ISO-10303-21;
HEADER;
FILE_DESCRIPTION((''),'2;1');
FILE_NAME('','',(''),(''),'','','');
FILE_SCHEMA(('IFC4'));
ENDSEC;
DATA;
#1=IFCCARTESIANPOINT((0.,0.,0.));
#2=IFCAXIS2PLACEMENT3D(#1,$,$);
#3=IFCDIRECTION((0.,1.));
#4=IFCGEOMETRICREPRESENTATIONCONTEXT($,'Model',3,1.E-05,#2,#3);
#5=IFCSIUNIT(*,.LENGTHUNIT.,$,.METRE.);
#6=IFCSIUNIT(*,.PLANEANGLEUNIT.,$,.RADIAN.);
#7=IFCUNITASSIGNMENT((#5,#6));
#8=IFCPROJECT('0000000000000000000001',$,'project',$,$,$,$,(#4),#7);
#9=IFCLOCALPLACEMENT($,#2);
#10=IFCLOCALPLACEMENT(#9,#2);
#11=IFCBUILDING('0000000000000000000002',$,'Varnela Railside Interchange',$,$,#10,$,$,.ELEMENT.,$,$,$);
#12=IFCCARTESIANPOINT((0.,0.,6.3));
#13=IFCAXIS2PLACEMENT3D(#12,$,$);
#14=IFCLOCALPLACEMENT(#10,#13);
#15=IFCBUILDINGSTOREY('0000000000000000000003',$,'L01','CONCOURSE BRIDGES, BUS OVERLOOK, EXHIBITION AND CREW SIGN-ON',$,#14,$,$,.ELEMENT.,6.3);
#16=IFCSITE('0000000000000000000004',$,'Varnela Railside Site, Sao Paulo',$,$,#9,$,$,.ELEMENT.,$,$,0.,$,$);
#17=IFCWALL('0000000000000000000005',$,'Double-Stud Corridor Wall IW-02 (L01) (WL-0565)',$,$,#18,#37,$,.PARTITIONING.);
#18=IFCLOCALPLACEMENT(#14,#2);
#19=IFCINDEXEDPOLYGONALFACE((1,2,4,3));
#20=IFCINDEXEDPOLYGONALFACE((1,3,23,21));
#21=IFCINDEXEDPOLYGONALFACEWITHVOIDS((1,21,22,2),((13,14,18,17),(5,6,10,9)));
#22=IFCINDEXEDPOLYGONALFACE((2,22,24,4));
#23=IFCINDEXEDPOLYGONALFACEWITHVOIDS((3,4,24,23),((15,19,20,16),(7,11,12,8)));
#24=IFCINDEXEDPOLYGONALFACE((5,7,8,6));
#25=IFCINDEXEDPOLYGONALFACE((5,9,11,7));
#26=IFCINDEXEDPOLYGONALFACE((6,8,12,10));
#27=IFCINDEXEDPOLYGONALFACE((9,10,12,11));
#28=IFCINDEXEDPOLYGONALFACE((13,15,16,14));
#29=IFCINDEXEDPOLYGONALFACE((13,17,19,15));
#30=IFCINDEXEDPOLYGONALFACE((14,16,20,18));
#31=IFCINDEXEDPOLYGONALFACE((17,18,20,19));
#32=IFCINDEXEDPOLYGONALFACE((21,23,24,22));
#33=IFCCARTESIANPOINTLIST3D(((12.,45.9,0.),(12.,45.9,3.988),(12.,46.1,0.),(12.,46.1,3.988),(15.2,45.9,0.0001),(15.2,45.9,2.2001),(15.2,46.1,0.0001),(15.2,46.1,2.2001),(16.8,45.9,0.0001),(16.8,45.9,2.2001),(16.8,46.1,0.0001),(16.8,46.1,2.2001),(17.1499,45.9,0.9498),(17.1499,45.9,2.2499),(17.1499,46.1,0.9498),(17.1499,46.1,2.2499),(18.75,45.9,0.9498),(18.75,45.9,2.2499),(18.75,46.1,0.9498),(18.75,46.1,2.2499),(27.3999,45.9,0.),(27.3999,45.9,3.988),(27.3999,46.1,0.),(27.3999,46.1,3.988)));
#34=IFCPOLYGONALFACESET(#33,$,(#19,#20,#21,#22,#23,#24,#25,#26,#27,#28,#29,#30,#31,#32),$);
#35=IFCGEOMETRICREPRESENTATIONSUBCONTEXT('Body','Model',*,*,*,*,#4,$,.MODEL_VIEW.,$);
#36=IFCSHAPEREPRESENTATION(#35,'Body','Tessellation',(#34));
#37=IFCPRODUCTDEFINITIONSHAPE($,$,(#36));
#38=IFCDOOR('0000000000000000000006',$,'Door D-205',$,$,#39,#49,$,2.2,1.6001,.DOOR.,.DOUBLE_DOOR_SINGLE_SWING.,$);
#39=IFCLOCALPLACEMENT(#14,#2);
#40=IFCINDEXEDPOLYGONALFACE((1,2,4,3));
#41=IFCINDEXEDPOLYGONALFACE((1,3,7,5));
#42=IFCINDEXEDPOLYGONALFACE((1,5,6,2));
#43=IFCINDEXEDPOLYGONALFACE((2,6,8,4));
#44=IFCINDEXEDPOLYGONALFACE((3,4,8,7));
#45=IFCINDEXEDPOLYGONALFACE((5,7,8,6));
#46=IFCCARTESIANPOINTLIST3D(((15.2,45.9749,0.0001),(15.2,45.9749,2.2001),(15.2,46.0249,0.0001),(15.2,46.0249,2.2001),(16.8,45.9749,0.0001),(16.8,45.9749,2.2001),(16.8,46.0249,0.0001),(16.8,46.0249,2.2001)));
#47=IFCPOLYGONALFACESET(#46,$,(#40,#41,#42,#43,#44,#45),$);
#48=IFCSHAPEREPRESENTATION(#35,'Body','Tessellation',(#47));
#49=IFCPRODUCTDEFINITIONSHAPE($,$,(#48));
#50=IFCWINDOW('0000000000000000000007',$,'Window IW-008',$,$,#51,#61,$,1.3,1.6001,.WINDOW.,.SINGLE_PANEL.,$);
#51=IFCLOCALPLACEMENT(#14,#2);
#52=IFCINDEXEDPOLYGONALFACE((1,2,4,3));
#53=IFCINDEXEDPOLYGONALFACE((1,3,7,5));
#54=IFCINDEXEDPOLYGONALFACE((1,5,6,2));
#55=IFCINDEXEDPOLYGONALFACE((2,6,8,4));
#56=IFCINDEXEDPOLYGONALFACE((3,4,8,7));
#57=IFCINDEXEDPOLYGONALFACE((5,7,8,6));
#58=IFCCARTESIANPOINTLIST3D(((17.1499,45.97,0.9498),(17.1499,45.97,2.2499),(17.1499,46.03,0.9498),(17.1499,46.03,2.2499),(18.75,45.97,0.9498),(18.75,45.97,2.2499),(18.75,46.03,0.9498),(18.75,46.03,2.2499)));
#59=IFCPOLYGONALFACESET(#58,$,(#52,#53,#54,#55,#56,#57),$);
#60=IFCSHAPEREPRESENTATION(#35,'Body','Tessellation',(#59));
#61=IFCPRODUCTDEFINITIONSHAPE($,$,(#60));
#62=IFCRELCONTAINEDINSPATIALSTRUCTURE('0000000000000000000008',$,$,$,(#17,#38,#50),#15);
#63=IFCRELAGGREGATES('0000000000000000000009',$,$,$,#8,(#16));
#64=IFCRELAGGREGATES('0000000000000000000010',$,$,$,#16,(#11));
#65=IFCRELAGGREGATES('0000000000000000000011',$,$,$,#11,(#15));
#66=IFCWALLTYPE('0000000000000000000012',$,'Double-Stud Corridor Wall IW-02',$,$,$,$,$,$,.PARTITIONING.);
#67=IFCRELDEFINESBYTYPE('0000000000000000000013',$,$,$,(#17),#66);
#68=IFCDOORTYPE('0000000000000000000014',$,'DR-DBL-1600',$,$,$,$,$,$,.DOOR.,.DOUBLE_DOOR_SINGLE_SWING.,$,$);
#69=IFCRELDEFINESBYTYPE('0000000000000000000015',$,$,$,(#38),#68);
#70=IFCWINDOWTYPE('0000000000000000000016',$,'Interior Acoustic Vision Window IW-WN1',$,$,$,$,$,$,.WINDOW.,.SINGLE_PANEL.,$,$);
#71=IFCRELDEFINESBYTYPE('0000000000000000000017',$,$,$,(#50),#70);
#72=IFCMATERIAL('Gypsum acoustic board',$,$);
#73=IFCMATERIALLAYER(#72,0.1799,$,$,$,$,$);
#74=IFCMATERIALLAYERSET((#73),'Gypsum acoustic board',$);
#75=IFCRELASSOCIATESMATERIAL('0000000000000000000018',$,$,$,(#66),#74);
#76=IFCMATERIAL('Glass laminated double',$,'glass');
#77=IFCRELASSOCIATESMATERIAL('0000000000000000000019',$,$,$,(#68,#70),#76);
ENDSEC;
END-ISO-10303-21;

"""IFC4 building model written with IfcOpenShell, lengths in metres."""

from ifc_helpers import new_model, si_unit, direction, frame, frame_2d, origin, place, context, subcontext, project, spatial, rectangle, extrude, material, layer, layer_set, type_object, element, fill, save


model = new_model("IFC4")

# Units and contexts
model_context = context("Model", 3, precision=1e-05, world=origin(), true_north=direction((0.0, 1.0)))
body_context = subcontext(model_context, "Body", "Model", "MODEL_VIEW")
ifc_project = project(units=[si_unit("LENGTHUNIT", "METRE"), si_unit("PLANEANGLEUNIT", "RADIAN")], contexts=[model_context])

# Site, building, storey
site_placement = place(None, origin())
site = spatial("IfcSite", under=ifc_project, at=site_placement, Name="Varnela Railside Site, Sao Paulo", CompositionType="ELEMENT", RefElevation=0.0)
building_placement = place(site_placement, origin())
building = spatial("IfcBuilding", under=site, at=building_placement, Name="Varnela Railside Interchange", CompositionType="ELEMENT")
storey_placement = place(building_placement, frame((0.0, 0.0, 6.3)))
storey = spatial("IfcBuildingStorey", under=building, at=storey_placement, Name="L01", Description="CONCOURSE BRIDGES, BUS OVERLOOK, EXHIBITION AND CREW SIGN-ON", CompositionType="ELEMENT", Elevation=6.3)

# Shared definitions
ifc_material_1 = material(Name="Glass laminated double", Category="glass")

# Wall, openings, door, window
ifc_material_2 = material(Name="Gypsum acoustic board")
ifc_layer_1 = layer(ifc_material_2, 0.1799)
ifc_layer_set_1 = layer_set([ifc_layer_1], Name="Gypsum acoustic board")
wall_type_1 = type_object("IfcWallType", Name="Double-Stud Corridor Wall IW-02", PredefinedType="PARTITIONING", material=ifc_layer_set_1)
wall_1_placement = place(storey_placement, frame((12.0, 46.0, 0.0), z_axis=(0.0, 0.0, 1.0), x_axis=(1.0, 0.0, 0.0)))
wall_1 = element("IfcWall", 1, at=wall_1_placement, inside=storey, type_object=wall_type_1, Name="Double-Stud Corridor Wall IW-02 (L01) (WL-0565)", PredefinedType="PARTITIONING", context=body_context, shape_type="SweptSolid", body=[
    extrude(rectangle(XDim=15.3999, YDim=0.2, at=frame_2d((7.7, 0.0))), origin(), (0.0, 0.0, 1.0), 3.988),
])
opening_1_placement = place(wall_1_placement, frame((3.2, 0.0, 0.0)))
opening_1 = element("IfcOpeningElement", 2, at=opening_1_placement, cuts=wall_1, PredefinedType="OPENING", context=body_context, shape_type="SweptSolid", body=[
    extrude(rectangle(XDim=1.6001, YDim=2.2, at=frame_2d((0.8, 1.1001))), frame((0.0, 0.1099, 0.0), z_axis=(0.0, -1.0, 0.0), x_axis=(1.0, 0.0, 0.0)), (0.0, 0.0, 1.0), 0.22),
])
opening_2_placement = place(wall_1_placement, frame((5.1499, 0.0, 0.95)))
opening_2 = element("IfcOpeningElement", 3, at=opening_2_placement, cuts=wall_1, PredefinedType="OPENING", context=body_context, shape_type="SweptSolid", body=[
    extrude(rectangle(XDim=1.6001, YDim=1.3, at=frame_2d((0.8, 0.6499))), frame((0.0, 0.1099, 0.0), z_axis=(0.0, -1.0, 0.0), x_axis=(1.0, 0.0, 0.0)), (0.0, 0.0, 1.0), 0.22),
])
door_type = type_object("IfcDoorType", Name="DR-DBL-1600", OperationType="DOUBLE_DOOR_SINGLE_SWING", PredefinedType="DOOR", material=ifc_material_1)
door_placement = place(opening_1_placement, origin())
door = element("IfcDoor", 4, at=door_placement, inside=storey, type_object=door_type, Name="Door D-205", OperationType="DOUBLE_DOOR_SINGLE_SWING", OverallHeight=2.2, OverallWidth=1.6001, PredefinedType="DOOR", context=body_context, shape_type="SweptSolid", body=[
    extrude(rectangle(XDim=1.6001, YDim=2.2, at=frame_2d((0.8, 1.1001))), frame((0.0, 0.0249, 0.0), z_axis=(0.0, -1.0, 0.0), x_axis=(1.0, 0.0, 0.0)), (0.0, 0.0, 1.0), 0.05),
])
fill(opening_1, door)
window_type = type_object("IfcWindowType", Name="Interior Acoustic Vision Window IW-WN1", PartitioningType="SINGLE_PANEL", PredefinedType="WINDOW", material=ifc_material_1)
window_placement = place(opening_2_placement, origin())
window = element("IfcWindow", 5, at=window_placement, inside=storey, type_object=window_type, Name="Window IW-008", OverallHeight=1.3, OverallWidth=1.6001, PartitioningType="SINGLE_PANEL", PredefinedType="WINDOW", context=body_context, shape_type="SweptSolid", body=[
    extrude(rectangle(XDim=1.6001, YDim=1.3, at=frame_2d((0.8, 0.6499))), frame((0.0, 0.03, 0.0), z_axis=(0.0, -1.0, 0.0), x_axis=(1.0, 0.0, 0.0)), (0.0, 0.0, 1.0), 0.0601),
])
fill(opening_2, window)

save(model, "model.ifc")
